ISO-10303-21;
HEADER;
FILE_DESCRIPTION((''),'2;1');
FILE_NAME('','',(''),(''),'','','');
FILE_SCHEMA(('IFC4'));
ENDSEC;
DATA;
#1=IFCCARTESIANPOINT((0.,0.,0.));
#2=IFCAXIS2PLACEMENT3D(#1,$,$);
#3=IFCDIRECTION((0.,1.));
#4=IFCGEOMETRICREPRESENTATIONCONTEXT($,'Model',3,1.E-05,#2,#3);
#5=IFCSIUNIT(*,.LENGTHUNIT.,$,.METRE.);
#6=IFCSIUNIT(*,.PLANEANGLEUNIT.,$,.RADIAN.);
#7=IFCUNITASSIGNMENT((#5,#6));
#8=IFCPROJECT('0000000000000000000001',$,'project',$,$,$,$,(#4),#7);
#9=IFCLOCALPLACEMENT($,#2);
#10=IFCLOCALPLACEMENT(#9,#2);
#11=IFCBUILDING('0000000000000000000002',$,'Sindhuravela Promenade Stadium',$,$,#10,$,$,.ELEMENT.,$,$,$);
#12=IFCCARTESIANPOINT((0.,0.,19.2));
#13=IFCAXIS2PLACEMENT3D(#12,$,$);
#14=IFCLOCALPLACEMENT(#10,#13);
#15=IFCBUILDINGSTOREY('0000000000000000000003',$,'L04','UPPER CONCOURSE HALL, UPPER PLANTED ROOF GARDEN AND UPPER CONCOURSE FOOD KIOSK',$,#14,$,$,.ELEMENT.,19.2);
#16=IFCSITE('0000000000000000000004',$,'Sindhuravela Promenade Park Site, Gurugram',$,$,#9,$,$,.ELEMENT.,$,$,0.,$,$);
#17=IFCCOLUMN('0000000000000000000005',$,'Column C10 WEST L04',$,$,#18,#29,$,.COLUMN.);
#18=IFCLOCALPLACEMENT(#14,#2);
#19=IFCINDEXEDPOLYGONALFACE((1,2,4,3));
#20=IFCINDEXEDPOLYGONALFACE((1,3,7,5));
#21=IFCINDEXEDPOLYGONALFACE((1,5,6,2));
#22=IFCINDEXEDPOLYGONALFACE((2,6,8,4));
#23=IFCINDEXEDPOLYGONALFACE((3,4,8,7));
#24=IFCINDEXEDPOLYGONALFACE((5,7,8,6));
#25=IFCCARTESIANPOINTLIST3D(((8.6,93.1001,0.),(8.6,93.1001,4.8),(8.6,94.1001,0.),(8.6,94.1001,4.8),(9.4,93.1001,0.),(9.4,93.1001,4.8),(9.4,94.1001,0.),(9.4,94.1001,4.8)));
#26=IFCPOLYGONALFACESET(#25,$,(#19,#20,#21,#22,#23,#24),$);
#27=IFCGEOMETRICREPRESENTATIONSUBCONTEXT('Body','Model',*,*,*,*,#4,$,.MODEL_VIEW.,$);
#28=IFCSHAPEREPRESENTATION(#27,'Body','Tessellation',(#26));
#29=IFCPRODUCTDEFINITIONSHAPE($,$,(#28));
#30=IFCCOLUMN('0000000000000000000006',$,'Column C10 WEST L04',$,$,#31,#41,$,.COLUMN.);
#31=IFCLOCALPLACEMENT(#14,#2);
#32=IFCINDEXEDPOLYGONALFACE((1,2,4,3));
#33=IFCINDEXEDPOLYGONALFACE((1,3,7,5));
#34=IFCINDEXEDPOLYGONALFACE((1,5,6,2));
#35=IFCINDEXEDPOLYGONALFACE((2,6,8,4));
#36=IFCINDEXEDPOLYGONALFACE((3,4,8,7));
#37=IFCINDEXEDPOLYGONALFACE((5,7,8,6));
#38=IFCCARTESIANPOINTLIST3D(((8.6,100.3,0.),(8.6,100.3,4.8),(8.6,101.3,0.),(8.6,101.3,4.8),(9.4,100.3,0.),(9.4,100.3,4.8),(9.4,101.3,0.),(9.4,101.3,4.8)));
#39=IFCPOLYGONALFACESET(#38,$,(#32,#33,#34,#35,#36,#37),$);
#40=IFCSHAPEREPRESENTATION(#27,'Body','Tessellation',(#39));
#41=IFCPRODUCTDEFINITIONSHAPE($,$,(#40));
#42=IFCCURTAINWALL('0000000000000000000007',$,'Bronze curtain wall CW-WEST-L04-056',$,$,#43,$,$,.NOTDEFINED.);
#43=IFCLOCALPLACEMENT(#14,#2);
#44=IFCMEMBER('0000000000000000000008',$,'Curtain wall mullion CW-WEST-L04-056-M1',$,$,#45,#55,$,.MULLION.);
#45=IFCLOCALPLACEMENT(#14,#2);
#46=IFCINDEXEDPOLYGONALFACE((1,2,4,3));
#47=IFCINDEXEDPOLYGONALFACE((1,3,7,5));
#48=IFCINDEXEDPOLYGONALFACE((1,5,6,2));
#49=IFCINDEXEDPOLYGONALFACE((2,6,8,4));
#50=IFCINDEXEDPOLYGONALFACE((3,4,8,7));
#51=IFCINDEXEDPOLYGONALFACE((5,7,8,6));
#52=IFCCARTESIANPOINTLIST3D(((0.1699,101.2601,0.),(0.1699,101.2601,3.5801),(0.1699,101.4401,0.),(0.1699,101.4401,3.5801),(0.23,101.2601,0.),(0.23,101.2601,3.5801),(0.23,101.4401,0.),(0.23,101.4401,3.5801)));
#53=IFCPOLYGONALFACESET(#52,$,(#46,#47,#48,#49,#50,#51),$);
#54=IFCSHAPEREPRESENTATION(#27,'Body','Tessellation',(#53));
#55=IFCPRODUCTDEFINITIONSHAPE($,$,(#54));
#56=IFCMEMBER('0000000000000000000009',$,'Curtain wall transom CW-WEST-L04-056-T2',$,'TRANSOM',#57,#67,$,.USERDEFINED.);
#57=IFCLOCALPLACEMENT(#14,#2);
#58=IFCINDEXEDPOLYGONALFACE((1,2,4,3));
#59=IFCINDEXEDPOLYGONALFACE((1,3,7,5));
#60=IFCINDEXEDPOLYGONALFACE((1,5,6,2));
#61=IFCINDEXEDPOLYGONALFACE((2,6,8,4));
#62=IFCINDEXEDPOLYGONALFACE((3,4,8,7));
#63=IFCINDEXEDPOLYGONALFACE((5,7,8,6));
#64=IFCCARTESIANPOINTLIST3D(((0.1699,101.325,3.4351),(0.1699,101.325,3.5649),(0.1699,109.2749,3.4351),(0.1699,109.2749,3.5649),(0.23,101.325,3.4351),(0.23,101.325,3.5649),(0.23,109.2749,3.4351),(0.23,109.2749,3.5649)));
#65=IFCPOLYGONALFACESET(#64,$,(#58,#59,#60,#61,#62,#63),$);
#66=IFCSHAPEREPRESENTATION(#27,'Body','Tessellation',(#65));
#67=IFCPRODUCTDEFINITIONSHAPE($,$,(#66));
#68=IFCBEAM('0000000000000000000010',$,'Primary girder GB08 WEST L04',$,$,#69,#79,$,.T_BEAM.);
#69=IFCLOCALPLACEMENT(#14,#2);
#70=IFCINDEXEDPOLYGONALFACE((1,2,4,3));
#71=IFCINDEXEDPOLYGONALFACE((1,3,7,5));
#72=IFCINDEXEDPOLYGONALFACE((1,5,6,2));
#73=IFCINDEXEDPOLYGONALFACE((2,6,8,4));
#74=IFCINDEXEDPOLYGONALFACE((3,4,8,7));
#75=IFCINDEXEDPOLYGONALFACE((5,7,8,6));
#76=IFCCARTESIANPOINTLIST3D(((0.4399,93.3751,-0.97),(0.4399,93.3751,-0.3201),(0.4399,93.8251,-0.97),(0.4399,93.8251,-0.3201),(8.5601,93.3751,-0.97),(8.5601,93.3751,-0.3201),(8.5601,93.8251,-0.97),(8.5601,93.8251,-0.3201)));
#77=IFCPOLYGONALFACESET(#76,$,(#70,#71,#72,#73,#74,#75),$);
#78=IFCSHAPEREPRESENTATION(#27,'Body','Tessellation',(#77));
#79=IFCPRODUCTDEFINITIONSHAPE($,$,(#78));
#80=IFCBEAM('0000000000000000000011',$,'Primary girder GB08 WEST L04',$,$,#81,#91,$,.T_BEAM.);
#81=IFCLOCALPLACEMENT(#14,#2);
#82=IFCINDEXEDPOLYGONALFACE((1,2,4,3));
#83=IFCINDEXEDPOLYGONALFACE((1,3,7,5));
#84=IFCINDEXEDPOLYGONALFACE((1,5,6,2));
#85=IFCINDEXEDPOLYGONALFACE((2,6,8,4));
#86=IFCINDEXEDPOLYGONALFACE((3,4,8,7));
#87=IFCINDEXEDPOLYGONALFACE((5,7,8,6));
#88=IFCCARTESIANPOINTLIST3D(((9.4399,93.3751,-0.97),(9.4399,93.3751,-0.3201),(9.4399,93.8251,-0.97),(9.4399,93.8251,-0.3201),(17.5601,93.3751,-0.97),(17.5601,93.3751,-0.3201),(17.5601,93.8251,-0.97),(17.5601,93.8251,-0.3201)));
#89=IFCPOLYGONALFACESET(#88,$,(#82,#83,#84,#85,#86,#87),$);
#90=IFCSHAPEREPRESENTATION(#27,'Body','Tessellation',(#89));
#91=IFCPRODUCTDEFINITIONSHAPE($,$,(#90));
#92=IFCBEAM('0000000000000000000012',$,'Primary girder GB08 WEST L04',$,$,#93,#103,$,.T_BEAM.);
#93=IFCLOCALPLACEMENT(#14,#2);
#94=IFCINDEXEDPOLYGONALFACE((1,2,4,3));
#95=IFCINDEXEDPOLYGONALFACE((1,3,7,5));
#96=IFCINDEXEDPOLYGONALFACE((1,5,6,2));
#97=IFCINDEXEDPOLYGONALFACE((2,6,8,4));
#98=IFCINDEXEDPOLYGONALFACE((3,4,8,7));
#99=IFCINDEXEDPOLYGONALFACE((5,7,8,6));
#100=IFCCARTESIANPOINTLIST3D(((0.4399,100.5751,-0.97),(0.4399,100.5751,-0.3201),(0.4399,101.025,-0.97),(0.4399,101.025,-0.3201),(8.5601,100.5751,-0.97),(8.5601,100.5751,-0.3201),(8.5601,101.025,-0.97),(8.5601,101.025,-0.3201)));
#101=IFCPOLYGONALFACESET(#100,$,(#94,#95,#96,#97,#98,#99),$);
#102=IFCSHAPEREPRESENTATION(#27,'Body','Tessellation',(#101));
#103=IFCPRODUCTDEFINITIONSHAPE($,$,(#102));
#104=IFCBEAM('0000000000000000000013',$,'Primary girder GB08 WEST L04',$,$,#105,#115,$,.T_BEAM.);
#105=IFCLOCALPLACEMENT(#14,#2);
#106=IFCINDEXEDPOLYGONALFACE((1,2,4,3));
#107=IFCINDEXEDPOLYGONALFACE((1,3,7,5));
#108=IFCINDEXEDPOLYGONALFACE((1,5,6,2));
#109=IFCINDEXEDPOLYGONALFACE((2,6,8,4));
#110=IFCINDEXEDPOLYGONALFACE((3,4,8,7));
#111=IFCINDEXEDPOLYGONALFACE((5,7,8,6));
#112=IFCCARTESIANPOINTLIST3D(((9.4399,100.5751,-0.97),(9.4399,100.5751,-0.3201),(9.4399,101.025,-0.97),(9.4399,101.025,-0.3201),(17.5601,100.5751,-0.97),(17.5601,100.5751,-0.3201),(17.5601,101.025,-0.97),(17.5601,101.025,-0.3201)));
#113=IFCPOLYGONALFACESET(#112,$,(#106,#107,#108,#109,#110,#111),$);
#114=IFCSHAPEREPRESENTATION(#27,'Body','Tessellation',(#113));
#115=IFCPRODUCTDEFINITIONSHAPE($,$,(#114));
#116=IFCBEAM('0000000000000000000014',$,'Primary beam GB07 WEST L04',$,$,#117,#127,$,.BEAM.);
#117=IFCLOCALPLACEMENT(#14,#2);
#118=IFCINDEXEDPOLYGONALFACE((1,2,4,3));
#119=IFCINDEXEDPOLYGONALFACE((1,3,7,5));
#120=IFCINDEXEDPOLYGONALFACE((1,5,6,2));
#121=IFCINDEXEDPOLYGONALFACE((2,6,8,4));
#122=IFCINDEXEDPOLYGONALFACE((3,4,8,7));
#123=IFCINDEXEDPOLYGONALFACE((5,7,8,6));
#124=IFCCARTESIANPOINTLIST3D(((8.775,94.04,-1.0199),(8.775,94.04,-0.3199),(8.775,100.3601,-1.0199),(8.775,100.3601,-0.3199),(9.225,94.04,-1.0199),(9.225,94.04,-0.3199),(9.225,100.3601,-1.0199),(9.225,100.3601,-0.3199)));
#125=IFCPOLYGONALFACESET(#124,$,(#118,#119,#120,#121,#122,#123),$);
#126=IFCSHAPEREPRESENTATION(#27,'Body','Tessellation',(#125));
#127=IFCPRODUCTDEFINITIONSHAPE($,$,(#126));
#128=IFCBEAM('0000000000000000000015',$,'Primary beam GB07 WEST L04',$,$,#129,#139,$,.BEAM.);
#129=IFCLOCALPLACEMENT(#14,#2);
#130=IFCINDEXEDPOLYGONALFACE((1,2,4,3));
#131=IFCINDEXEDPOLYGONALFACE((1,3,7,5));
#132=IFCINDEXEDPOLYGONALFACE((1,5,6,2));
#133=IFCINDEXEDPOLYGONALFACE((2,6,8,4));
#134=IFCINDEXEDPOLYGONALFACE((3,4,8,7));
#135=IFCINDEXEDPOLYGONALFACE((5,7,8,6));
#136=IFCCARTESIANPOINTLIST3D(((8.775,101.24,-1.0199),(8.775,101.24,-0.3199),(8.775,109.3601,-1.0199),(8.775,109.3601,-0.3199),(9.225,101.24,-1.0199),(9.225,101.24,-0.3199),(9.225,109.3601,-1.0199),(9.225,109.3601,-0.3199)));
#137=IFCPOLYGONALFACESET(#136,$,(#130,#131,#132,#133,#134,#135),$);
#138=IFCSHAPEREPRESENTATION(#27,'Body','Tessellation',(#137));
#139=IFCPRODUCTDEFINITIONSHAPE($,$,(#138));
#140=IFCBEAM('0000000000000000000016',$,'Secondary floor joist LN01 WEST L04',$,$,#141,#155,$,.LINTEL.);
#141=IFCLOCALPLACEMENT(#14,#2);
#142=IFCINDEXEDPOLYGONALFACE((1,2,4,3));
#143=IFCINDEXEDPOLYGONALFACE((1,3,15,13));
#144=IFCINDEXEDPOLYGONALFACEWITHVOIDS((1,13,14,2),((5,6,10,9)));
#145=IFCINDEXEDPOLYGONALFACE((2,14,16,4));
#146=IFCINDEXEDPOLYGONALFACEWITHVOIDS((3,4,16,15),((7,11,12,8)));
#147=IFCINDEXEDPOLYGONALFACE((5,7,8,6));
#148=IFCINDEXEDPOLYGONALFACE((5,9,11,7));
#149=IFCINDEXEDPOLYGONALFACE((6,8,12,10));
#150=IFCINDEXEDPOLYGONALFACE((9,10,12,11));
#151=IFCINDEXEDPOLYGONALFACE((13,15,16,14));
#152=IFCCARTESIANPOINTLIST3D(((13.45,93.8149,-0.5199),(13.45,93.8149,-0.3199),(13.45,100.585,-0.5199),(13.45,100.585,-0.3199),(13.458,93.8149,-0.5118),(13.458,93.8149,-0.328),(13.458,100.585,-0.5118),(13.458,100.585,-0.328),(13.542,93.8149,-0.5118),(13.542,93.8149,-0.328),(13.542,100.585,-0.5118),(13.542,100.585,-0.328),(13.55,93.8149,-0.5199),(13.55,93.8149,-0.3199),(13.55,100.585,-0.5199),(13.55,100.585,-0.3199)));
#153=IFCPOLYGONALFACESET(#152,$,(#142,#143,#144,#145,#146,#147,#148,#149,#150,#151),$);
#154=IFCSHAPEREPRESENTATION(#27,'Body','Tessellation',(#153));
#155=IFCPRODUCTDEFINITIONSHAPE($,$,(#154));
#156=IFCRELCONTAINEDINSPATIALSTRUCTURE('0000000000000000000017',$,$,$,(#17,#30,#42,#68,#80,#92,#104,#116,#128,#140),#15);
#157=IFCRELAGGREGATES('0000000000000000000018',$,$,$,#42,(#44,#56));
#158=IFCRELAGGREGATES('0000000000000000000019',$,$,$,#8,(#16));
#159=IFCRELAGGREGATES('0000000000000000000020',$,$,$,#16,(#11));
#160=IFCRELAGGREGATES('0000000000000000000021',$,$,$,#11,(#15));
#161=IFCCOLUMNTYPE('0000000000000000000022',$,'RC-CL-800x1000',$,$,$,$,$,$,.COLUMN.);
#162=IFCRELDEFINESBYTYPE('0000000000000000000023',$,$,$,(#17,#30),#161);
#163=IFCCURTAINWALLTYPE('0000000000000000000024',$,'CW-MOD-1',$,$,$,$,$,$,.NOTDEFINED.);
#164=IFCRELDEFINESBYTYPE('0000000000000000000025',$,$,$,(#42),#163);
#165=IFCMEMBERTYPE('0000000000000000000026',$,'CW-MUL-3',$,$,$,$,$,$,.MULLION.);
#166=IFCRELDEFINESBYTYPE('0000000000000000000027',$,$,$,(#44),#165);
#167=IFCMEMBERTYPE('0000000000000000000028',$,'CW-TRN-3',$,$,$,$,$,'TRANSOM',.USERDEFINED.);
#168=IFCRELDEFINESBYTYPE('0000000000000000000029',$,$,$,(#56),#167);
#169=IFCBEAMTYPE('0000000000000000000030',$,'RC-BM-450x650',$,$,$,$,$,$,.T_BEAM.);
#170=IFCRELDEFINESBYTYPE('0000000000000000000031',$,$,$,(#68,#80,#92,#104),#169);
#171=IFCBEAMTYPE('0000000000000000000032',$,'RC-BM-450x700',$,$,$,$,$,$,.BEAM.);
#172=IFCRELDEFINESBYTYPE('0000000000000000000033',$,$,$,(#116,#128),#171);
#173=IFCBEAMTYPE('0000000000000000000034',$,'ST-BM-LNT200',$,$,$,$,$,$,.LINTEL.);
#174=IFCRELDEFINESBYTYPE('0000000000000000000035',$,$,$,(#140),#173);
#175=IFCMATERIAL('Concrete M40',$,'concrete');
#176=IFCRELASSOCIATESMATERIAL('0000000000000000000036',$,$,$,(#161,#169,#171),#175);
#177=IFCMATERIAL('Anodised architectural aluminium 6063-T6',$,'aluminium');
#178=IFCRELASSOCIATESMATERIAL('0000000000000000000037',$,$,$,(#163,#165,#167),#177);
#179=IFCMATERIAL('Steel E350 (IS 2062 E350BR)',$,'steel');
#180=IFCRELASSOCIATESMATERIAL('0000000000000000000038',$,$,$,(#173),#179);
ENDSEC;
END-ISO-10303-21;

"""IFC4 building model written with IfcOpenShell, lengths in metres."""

from ifc_helpers import new_model, si_unit, direction, frame, origin, origin_2d, place, context, subcontext, project, spatial, rectangle, hollow_rectangle, extrude, material, material_profile, profile_set, type_object, element, aggregate, save


model = new_model("IFC4")

# Units and contexts
model_context = context("Model", 3, precision=1e-05, world=origin(), true_north=direction((0.0, 1.0)))
body_context = subcontext(model_context, "Body", "Model", "MODEL_VIEW")
ifc_project = project(units=[si_unit("LENGTHUNIT", "METRE"), si_unit("PLANEANGLEUNIT", "RADIAN")], contexts=[model_context])

# Site, building, storey
site_placement = place(None, origin())
site = spatial("IfcSite", under=ifc_project, at=site_placement, Name="Sindhuravela Promenade Park Site, Gurugram", CompositionType="ELEMENT", RefElevation=0.0)
building_placement = place(site_placement, origin())
building = spatial("IfcBuilding", under=site, at=building_placement, Name="Sindhuravela Promenade Stadium", CompositionType="ELEMENT")
storey_placement = place(building_placement, frame((0.0, 0.0, 19.2)))
storey = spatial("IfcBuildingStorey", under=building, at=storey_placement, Name="L04", Description="UPPER CONCOURSE HALL, UPPER PLANTED ROOF GARDEN AND UPPER CONCOURSE FOOD KIOSK", CompositionType="ELEMENT", Elevation=19.2)

# Columns
ifc_material_1 = material(Name="Concrete M40", Category="concrete")
ifc_material_profile_1 = material_profile(ifc_material_1, rectangle(XDim=0.8, YDim=1.0, at=origin_2d()), Name="RC 800x1000")
ifc_profile_set_1 = profile_set([ifc_material_profile_1], Name="Concrete M40")
column_type = type_object("IfcColumnType", Name="RC-CL-800x1000", PredefinedType="COLUMN", material=ifc_profile_set_1)
for number, where, z_axis, x_axis, name in (
    (1, (9.0, 93.6001, 0.0), (0.0, 0.0, 1.0), (1.0, 0.0, 0.0), "Column C10 WEST L04"),
    (2, (9.0, 100.8, 0.0), (0.0, 0.0, 1.0), (1.0, 0.0, 0.0), "Column C10 WEST L04"),
):
    element("IfcColumn", number, at=place(storey_placement, frame(where, z_axis=z_axis, x_axis=x_axis)), inside=storey, type_object=column_type, Name=name, PredefinedType="COLUMN", context=body_context, shape_type="SweptSolid", body=[
        extrude(rectangle(XDim=0.8, YDim=1.0, at=origin_2d()), origin(), (0.0, 0.0, 1.0), 4.8),
    ])

# Curtain wall, members
ifc_material_2 = material(Name="Anodised architectural aluminium 6063-T6", Category="aluminium")
curtain_wall_type = type_object("IfcCurtainWallType", Name="CW-MOD-1", PredefinedType="NOTDEFINED", material=ifc_material_2)
curtain_wall_placement = place(storey_placement, origin())
curtain_wall = element("IfcCurtainWall", 3, at=curtain_wall_placement, inside=storey, type_object=curtain_wall_type, Name="Bronze curtain wall CW-WEST-L04-056", PredefinedType="NOTDEFINED")
ifc_material_profile_2 = material_profile(ifc_material_2, rectangle(XDim=0.0601, YDim=0.1799, at=origin_2d()), Name="ALU M60x180")
ifc_profile_set_2 = profile_set([ifc_material_profile_2], Name="Anodised architectural aluminium 6063-T6")
member_type_1 = type_object("IfcMemberType", Name="CW-MUL-3", PredefinedType="MULLION", material=ifc_profile_set_2)
member_1_placement = place(storey_placement, frame((0.2, 101.3501, 0.0), z_axis=(0.0, 0.0, 1.0), x_axis=(1.0, 0.0, 0.0)))
member_1 = element("IfcMember", 4, at=member_1_placement, type_object=member_type_1, Name="Curtain wall mullion CW-WEST-L04-056-M1", PredefinedType="MULLION", context=body_context, shape_type="SweptSolid", body=[
    extrude(rectangle(XDim=0.0601, YDim=0.1799, at=origin_2d()), origin(), (0.0, 0.0, 1.0), 3.5801),
])
ifc_material_profile_3 = material_profile(ifc_material_2, rectangle(XDim=0.0601, YDim=0.1299, at=origin_2d()), Name="ALU T60x130")
ifc_profile_set_3 = profile_set([ifc_material_profile_3], Name="Anodised architectural aluminium 6063-T6")
member_type_2 = type_object("IfcMemberType", Name="CW-TRN-3", ElementType="TRANSOM", PredefinedType="USERDEFINED", material=ifc_profile_set_3)
member_2_placement = place(storey_placement, frame((0.2, 101.325, 3.5), z_axis=(0.0, 1.0, 0.0), x_axis=(-1.0, 0.0, 0.0)))
member_2 = element("IfcMember", 5, at=member_2_placement, type_object=member_type_2, Name="Curtain wall transom CW-WEST-L04-056-T2", ObjectType="TRANSOM", PredefinedType="USERDEFINED", context=body_context, shape_type="SweptSolid", body=[
    extrude(rectangle(XDim=0.0601, YDim=0.1299, at=origin_2d()), origin(), (0.0, 0.0, 1.0), 7.95),
])
aggregate(curtain_wall, [member_1, member_2])

# Beams
ifc_material_profile_4 = material_profile(ifc_material_1, rectangle(XDim=0.45, YDim=0.6499, at=origin_2d()), Name="RC 450x650")
ifc_profile_set_4 = profile_set([ifc_material_profile_4], Name="Concrete M40")
beam_type_1 = type_object("IfcBeamType", Name="RC-BM-450x650", PredefinedType="T_BEAM", material=ifc_profile_set_4)
for number, where, z_axis, x_axis, name in (
    (6, (0.4399, 93.6001, -0.645), (1.0, 0.0, 0.0), (0.0, 1.0, 0.0), "Primary girder GB08 WEST L04"),
    (7, (9.4399, 93.6001, -0.645), (1.0, 0.0, 0.0), (0.0, 1.0, 0.0), "Primary girder GB08 WEST L04"),
    (8, (0.4399, 100.8, -0.645), (1.0, 0.0, 0.0), (0.0, 1.0, 0.0), "Primary girder GB08 WEST L04"),
    (9, (9.4399, 100.8, -0.645), (1.0, 0.0, 0.0), (0.0, 1.0, 0.0), "Primary girder GB08 WEST L04"),
):
    element("IfcBeam", number, at=place(storey_placement, frame(where, z_axis=z_axis, x_axis=x_axis)), inside=storey, type_object=beam_type_1, Name=name, PredefinedType="T_BEAM", context=body_context, shape_type="SweptSolid", body=[
        extrude(rectangle(XDim=0.45, YDim=0.6499, at=origin_2d()), origin(), (0.0, 0.0, 1.0), 8.1201),
    ])
ifc_material_profile_5 = material_profile(ifc_material_1, rectangle(XDim=0.45, YDim=0.7, at=origin_2d()), Name="RC 450x700")
ifc_profile_set_5 = profile_set([ifc_material_profile_5], Name="Concrete M40")
beam_type_2 = type_object("IfcBeamType", Name="RC-BM-450x700", PredefinedType="BEAM", material=ifc_profile_set_5)
beam_1_placement = place(storey_placement, frame((9.0, 94.04, -0.6699), z_axis=(0.0, 1.0, 0.0), x_axis=(-1.0, 0.0, 0.0)))
element("IfcBeam", 10, at=beam_1_placement, inside=storey, type_object=beam_type_2, Name="Primary beam GB07 WEST L04", PredefinedType="BEAM", context=body_context, shape_type="SweptSolid", body=[
    extrude(rectangle(XDim=0.45, YDim=0.7, at=origin_2d()), origin(), (0.0, 0.0, 1.0), 6.3201),
])
beam_2_placement = place(storey_placement, frame((9.0, 101.24, -0.6699), z_axis=(0.0, 1.0, 0.0), x_axis=(-1.0, 0.0, 0.0)))
element("IfcBeam", 11, at=beam_2_placement, inside=storey, type_object=beam_type_2, Name="Primary beam GB07 WEST L04", PredefinedType="BEAM", context=body_context, shape_type="SweptSolid", body=[
    extrude(rectangle(XDim=0.45, YDim=0.7, at=origin_2d()), origin(), (0.0, 0.0, 1.0), 8.1201),
])
ifc_material_3 = material(Name="Steel E350 (IS 2062 E350BR)", Category="steel")
ifc_material_profile_6 = material_profile(ifc_material_3, hollow_rectangle(XDim=0.1001, YDim=0.2, WallThickness=0.0081, at=origin_2d()), Name="RHS 200x100x8")
ifc_profile_set_6 = profile_set([ifc_material_profile_6], Name="Steel E350 (IS 2062 E350BR)")
beam_type_3 = type_object("IfcBeamType", Name="ST-BM-LNT200", PredefinedType="LINTEL", material=ifc_profile_set_6)
beam_3_placement = place(storey_placement, frame((13.5, 93.8149, -0.4199), z_axis=(0.0, 1.0, 0.0), x_axis=(-1.0, 0.0, 0.0)))
element("IfcBeam", 12, at=beam_3_placement, inside=storey, type_object=beam_type_3, Name="Secondary floor joist LN01 WEST L04", PredefinedType="LINTEL", context=body_context, shape_type="SweptSolid", body=[
    extrude(hollow_rectangle(XDim=0.1001, YDim=0.2, WallThickness=0.0081, at=origin_2d()), origin(), (0.0, 0.0, 1.0), 6.77),
])

save(model, "model.ifc")
